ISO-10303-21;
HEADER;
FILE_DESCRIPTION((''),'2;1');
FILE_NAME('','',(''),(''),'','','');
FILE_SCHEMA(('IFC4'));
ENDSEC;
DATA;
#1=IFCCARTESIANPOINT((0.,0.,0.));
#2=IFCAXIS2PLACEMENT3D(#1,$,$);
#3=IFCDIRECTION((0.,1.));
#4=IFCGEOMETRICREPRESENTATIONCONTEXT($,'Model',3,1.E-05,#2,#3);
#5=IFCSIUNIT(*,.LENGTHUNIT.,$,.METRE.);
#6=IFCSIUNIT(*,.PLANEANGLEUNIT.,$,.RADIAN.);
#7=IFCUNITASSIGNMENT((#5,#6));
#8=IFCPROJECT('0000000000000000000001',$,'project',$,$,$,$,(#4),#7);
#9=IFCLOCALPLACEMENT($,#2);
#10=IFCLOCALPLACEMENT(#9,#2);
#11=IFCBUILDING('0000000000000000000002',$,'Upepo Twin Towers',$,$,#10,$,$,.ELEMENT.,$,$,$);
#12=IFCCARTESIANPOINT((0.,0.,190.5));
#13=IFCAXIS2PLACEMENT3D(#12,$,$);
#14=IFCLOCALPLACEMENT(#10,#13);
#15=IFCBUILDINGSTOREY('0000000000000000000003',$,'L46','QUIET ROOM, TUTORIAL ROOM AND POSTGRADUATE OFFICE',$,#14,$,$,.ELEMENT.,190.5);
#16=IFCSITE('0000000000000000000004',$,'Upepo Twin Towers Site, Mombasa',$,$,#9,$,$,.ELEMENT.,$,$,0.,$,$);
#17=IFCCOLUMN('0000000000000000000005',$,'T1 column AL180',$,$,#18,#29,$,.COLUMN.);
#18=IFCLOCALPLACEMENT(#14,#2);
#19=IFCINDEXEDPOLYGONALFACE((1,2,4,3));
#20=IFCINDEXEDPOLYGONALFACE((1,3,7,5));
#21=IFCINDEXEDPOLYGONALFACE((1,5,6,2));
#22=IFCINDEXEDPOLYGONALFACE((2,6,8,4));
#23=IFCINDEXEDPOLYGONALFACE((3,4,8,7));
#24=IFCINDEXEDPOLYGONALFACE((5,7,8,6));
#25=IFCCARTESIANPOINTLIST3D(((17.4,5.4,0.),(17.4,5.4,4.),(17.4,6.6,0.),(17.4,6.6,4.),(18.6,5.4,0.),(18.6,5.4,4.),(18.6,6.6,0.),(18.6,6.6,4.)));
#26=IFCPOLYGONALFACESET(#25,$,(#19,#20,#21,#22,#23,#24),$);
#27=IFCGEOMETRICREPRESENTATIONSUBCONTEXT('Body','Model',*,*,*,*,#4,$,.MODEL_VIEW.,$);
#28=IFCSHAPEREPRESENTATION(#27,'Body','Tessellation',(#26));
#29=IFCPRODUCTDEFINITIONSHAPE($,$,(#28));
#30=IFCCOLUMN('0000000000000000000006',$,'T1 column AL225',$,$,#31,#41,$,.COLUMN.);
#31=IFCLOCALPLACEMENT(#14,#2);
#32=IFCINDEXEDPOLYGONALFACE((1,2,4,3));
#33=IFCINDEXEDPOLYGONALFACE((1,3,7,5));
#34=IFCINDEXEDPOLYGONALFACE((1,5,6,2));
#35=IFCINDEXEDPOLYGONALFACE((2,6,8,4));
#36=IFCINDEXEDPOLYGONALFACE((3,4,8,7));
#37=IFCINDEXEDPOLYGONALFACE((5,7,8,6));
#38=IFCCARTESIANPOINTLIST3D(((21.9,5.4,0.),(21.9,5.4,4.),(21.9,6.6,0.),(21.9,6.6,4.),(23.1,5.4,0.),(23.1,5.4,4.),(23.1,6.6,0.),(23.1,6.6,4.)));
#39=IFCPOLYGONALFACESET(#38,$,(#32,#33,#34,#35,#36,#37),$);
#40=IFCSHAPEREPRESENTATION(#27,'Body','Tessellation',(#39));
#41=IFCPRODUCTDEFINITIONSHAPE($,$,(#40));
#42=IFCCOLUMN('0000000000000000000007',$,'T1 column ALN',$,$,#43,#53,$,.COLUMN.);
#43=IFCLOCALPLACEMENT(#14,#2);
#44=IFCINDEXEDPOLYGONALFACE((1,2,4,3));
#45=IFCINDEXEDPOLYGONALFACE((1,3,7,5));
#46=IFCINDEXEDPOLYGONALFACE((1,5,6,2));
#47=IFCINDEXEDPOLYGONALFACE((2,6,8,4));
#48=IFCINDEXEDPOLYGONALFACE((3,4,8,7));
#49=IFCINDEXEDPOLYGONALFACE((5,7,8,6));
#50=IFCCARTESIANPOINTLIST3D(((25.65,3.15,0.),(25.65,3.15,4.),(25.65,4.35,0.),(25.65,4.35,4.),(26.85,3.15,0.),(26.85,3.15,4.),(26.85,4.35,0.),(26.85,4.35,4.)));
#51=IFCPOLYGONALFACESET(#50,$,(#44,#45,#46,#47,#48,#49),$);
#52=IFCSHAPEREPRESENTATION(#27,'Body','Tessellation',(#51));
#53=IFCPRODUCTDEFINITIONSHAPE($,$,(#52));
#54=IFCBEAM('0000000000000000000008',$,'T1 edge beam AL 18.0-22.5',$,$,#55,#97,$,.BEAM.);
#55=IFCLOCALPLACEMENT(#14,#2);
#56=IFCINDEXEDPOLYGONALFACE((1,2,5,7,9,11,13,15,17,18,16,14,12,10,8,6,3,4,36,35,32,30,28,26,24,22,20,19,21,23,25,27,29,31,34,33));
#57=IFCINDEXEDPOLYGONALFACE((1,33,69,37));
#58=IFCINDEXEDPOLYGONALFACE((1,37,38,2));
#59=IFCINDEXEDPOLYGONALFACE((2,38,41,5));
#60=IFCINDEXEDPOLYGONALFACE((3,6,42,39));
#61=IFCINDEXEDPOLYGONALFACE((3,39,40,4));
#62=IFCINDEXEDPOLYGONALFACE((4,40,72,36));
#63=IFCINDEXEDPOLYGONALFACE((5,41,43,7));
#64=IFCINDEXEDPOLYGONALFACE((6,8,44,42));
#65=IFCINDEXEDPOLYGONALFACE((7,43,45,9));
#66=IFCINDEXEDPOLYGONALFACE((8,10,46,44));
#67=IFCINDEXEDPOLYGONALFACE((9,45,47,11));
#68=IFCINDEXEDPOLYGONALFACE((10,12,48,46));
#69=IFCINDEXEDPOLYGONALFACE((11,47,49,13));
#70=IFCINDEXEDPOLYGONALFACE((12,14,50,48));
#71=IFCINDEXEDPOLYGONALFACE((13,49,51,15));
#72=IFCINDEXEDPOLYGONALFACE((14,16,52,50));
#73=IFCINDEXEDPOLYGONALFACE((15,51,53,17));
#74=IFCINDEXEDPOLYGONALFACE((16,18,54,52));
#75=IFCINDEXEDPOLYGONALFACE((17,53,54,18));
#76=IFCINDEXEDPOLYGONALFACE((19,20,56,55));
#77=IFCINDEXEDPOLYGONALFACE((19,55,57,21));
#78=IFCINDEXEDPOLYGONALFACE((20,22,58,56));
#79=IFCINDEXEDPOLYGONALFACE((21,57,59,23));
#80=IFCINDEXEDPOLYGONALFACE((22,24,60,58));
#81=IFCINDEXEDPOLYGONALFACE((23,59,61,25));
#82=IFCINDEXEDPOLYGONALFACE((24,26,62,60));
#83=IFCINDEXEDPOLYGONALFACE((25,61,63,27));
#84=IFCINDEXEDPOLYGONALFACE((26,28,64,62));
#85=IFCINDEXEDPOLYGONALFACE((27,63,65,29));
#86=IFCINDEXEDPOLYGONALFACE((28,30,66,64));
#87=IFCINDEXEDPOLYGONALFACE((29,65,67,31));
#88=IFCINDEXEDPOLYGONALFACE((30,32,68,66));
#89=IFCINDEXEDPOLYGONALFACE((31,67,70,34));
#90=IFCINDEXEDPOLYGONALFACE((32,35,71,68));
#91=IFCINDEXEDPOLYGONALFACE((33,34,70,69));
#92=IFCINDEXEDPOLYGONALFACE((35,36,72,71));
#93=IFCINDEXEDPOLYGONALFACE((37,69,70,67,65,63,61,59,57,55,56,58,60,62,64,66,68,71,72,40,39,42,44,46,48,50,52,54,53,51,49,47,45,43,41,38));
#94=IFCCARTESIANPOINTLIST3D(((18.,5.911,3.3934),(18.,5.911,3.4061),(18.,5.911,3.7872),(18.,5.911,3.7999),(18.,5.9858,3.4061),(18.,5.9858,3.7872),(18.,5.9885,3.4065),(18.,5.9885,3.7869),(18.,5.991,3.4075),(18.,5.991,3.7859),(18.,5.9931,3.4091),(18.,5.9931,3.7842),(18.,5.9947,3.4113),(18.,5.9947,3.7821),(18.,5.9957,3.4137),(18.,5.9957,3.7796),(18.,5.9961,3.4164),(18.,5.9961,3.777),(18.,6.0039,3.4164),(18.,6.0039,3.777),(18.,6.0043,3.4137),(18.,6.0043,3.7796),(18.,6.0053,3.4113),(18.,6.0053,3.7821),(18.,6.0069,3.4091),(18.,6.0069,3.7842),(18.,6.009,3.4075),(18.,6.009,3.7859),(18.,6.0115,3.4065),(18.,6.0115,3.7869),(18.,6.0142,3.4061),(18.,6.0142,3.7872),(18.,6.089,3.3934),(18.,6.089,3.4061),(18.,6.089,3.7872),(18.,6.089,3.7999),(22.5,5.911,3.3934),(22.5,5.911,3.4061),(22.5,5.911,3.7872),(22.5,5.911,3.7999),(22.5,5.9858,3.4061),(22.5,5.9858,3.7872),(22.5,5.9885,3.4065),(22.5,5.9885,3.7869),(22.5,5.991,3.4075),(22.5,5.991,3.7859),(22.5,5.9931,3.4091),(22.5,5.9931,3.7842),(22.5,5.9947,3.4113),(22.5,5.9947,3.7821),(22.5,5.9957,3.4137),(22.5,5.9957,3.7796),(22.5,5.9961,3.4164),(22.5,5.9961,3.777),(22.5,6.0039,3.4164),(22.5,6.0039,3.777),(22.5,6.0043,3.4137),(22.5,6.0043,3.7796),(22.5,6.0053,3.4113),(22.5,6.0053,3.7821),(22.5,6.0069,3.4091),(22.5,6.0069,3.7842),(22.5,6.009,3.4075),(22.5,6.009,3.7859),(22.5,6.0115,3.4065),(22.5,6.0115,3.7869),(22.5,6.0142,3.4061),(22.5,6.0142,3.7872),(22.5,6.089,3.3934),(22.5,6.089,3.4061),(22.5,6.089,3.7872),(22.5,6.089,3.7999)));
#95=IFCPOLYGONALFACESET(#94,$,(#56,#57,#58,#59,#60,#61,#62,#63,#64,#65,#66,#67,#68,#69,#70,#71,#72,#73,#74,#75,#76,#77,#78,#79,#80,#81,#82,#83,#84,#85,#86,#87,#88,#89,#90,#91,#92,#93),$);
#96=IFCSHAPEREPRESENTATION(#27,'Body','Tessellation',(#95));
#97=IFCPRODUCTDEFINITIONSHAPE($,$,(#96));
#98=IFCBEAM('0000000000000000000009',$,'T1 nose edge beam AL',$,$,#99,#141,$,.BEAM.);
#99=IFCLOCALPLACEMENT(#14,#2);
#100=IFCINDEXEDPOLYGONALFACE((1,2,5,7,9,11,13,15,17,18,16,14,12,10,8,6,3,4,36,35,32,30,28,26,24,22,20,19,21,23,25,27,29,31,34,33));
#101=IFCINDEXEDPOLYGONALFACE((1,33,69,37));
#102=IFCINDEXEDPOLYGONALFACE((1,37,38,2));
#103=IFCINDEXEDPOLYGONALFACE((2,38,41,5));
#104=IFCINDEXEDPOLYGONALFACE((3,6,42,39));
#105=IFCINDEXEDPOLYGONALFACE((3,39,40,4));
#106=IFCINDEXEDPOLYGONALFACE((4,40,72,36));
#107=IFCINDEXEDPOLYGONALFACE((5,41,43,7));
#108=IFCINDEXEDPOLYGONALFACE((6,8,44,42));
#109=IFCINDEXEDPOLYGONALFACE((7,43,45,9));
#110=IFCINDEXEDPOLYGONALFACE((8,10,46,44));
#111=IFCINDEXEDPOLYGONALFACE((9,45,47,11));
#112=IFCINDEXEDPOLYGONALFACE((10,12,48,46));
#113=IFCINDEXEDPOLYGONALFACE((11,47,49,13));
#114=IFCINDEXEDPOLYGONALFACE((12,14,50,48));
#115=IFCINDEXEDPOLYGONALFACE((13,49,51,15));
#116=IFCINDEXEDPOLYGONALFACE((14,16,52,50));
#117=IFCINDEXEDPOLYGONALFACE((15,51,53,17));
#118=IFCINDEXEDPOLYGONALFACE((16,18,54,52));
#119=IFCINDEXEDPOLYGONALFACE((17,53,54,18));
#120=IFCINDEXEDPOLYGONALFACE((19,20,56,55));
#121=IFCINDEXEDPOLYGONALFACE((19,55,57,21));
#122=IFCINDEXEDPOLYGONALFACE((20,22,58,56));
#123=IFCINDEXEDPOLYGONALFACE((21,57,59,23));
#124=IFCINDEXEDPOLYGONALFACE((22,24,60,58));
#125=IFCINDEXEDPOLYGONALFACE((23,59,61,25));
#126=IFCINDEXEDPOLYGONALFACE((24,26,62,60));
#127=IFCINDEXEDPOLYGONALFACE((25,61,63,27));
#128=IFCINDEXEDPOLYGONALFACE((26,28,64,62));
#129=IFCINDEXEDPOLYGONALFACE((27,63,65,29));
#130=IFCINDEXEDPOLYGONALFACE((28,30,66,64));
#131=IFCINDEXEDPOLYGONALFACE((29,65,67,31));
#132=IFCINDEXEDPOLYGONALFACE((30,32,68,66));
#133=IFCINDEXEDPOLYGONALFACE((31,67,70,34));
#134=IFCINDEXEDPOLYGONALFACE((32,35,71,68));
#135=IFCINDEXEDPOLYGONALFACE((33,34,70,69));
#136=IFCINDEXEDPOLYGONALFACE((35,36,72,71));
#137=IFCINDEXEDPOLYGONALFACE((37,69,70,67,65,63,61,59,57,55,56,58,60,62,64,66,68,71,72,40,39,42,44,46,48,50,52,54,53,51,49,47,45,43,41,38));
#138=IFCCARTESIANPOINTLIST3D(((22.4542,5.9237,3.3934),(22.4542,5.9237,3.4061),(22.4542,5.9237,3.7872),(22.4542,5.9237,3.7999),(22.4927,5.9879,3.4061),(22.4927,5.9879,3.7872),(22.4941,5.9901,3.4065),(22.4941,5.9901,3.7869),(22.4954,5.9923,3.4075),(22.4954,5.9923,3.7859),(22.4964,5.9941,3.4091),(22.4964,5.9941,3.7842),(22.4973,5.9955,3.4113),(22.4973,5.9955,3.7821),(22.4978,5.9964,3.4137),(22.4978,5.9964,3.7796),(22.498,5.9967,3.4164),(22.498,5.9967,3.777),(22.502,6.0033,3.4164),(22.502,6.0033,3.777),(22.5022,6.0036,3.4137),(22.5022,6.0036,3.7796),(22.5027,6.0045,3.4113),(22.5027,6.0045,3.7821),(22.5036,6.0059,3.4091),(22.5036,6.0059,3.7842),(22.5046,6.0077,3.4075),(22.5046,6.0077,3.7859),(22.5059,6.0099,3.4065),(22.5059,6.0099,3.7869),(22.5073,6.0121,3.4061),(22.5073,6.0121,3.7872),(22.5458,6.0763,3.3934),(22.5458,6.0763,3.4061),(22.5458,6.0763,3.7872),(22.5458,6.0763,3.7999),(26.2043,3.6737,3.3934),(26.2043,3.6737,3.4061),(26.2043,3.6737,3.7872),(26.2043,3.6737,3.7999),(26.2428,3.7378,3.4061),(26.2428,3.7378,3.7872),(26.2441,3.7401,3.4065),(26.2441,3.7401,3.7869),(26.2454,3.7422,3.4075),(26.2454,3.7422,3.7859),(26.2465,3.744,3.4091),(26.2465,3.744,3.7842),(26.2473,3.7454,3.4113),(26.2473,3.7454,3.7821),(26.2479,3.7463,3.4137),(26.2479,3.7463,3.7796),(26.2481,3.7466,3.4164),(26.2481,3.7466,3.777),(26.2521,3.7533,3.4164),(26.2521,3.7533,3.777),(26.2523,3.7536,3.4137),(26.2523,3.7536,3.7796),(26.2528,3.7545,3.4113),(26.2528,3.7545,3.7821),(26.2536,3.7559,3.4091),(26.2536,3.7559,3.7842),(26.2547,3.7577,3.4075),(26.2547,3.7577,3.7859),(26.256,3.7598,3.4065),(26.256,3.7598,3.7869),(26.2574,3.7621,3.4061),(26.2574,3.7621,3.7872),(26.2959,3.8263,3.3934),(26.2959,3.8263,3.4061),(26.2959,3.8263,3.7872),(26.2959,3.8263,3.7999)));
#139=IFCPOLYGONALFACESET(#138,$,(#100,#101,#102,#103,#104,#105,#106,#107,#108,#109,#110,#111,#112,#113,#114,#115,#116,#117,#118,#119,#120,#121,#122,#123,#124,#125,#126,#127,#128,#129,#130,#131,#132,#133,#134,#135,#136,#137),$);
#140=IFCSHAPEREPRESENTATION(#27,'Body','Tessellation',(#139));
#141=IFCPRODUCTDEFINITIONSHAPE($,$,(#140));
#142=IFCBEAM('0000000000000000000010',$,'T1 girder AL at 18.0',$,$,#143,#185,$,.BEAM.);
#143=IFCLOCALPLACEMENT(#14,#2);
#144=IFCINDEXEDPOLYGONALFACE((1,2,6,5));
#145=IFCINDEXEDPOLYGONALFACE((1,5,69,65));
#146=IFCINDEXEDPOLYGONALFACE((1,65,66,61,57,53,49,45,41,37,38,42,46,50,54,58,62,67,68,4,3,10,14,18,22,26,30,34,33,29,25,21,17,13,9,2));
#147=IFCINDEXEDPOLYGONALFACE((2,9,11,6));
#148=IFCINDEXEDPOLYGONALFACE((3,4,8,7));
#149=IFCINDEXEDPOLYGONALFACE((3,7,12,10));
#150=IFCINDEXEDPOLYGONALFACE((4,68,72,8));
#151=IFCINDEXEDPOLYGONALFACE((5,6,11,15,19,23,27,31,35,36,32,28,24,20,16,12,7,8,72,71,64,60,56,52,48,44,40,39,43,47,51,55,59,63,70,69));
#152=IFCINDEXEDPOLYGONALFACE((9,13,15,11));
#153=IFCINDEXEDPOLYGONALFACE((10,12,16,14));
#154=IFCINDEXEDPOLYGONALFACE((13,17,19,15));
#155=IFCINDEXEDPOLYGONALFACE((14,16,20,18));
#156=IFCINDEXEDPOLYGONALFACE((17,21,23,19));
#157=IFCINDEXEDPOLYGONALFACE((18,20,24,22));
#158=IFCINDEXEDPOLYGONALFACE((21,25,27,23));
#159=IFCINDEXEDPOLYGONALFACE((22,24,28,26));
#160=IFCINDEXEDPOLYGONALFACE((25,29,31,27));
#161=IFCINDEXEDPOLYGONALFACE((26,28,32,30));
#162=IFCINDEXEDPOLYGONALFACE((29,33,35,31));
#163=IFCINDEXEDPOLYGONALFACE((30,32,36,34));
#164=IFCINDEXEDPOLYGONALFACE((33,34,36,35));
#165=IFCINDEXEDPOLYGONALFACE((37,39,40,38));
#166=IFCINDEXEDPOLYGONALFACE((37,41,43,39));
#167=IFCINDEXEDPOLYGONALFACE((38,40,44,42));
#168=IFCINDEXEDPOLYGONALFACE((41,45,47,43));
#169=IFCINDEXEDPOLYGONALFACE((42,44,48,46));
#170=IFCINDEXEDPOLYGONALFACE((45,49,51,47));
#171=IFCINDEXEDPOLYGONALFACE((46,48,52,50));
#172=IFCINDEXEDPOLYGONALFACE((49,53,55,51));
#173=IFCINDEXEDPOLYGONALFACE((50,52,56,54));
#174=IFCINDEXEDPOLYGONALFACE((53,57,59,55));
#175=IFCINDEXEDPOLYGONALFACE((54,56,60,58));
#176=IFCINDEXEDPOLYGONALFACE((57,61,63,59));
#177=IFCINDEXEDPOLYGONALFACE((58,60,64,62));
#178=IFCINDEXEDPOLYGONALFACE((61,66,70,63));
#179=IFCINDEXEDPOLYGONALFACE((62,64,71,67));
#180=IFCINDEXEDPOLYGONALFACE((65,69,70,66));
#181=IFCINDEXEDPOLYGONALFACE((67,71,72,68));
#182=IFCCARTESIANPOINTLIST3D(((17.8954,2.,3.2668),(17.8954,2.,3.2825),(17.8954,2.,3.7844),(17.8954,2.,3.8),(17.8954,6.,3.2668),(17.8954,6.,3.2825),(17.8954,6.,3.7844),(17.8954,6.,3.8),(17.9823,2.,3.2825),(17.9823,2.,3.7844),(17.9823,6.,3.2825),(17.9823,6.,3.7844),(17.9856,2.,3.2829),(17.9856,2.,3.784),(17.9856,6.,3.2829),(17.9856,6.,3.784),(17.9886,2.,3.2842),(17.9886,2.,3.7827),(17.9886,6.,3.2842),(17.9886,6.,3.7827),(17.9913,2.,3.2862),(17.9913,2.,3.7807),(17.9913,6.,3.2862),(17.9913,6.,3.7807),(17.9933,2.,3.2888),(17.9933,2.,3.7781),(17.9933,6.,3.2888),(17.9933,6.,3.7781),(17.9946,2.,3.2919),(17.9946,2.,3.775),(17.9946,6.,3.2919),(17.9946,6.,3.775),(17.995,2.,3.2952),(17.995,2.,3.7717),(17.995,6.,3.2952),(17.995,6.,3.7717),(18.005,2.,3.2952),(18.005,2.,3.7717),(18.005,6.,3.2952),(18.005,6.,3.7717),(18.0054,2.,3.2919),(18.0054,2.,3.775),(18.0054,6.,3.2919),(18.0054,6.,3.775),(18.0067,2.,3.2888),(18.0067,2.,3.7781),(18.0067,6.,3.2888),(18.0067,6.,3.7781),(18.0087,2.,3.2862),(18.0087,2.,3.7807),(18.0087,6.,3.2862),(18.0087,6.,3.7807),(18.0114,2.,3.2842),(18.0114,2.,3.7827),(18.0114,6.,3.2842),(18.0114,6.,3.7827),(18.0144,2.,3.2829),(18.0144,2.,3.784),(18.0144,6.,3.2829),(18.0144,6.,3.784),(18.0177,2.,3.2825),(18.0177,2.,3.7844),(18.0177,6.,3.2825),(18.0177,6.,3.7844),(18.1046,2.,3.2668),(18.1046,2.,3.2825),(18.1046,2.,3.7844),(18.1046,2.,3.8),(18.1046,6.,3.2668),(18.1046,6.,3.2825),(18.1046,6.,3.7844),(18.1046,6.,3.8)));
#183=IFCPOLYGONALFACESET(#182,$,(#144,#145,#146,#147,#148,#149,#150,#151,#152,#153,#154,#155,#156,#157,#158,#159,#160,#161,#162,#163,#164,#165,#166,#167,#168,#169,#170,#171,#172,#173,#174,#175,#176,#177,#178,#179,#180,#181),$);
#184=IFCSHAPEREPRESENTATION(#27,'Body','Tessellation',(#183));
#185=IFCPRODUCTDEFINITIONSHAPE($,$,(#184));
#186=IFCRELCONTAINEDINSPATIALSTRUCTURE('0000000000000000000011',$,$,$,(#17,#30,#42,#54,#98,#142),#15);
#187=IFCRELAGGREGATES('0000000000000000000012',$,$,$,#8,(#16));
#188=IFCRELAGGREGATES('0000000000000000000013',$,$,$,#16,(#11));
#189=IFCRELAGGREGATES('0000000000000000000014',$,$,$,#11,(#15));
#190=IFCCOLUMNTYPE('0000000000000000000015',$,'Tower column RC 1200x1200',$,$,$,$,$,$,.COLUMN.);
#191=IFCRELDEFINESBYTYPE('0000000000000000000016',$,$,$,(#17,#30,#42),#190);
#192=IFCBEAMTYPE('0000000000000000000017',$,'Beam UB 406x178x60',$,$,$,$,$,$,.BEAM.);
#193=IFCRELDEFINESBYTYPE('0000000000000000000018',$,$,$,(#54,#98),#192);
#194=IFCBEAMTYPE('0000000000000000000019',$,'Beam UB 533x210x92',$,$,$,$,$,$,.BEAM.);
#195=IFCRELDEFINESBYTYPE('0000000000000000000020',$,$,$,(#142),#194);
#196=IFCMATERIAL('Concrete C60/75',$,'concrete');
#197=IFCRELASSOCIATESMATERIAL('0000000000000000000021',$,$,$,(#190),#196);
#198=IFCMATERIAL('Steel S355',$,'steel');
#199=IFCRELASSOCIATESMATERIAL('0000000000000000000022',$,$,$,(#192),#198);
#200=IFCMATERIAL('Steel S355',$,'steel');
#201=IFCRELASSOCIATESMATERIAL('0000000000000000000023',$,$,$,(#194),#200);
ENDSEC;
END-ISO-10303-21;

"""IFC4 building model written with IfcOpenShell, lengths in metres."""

from ifc_helpers import new_model, si_unit, direction, frame, origin, origin_2d, place, context, subcontext, project, spatial, rectangle, i_section, extrude, material, material_profile, profile_set, type_object, element, save


model = new_model("IFC4")

# Units and contexts
model_context = context("Model", 3, precision=1e-05, world=origin(), true_north=direction((0.0, 1.0)))
body_context = subcontext(model_context, "Body", "Model", "MODEL_VIEW")
ifc_project = project(units=[si_unit("LENGTHUNIT", "METRE"), si_unit("PLANEANGLEUNIT", "RADIAN")], contexts=[model_context])

# Site, building, storey
site_placement = place(None, origin())
site = spatial("IfcSite", under=ifc_project, at=site_placement, Name="Upepo Twin Towers Site, Mombasa", CompositionType="ELEMENT", RefElevation=0.0)
building_placement = place(site_placement, origin())
building = spatial("IfcBuilding", under=site, at=building_placement, Name="Upepo Twin Towers", CompositionType="ELEMENT")
storey_placement = place(building_placement, frame((0.0, 0.0, 190.5)))
storey = spatial("IfcBuildingStorey", under=building, at=storey_placement, Name="L46", Description="QUIET ROOM, TUTORIAL ROOM AND POSTGRADUATE OFFICE", CompositionType="ELEMENT", Elevation=190.5)

# Columns
ifc_material_1 = material(Name="Concrete C60/75", Category="concrete")
ifc_material_profile_1 = material_profile(ifc_material_1, rectangle(XDim=1.2, YDim=1.2, at=origin_2d()), Name="RC 1200x1200")
ifc_profile_set_1 = profile_set([ifc_material_profile_1], Name="Concrete C60/75")
column_type = type_object("IfcColumnType", Name="Tower column RC 1200x1200", PredefinedType="COLUMN", material=ifc_profile_set_1)
for number, where, z_axis, x_axis, name in (
    (1, (18.0, 6.0, 0.0), (0.0, 0.0, 1.0), (1.0, 0.0, 0.0), "T1 column AL180"),
    (2, (22.5, 6.0, 0.0), (0.0, 0.0, 1.0), (1.0, 0.0, 0.0), "T1 column AL225"),
    (3, (26.25, 3.75, 0.0), (0.0, 0.0, 1.0), (1.0, 0.0, 0.0), "T1 column ALN"),
):
    element("IfcColumn", number, at=place(storey_placement, frame(where, z_axis=z_axis, x_axis=x_axis)), inside=storey, type_object=column_type, Name=name, PredefinedType="COLUMN", context=body_context, shape_type="SweptSolid", body=[
        extrude(rectangle(XDim=1.2, YDim=1.2, at=origin_2d()), origin(), (0.0, 0.0, 1.0), 4.0),
    ])

# Beams
ifc_material_2 = material(Name="Steel S355", Category="steel")
ifc_material_profile_2 = material_profile(ifc_material_2, i_section(OverallWidth=0.178, OverallDepth=0.4065, WebThickness=0.0078, FlangeThickness=0.0127, FilletRadius=0.0103, at=origin_2d()), Name="UB 406x178x60")
ifc_profile_set_2 = profile_set([ifc_material_profile_2], Name="Steel S355")
beam_type_1 = type_object("IfcBeamType", Name="Beam UB 406x178x60", PredefinedType="BEAM", material=ifc_profile_set_2)
beam_1_placement = place(storey_placement, frame((18.0, 6.0, 3.5967), z_axis=(1.0, 0.0, 0.0), x_axis=(0.0, 1.0, 0.0)))
element("IfcBeam", 4, at=beam_1_placement, inside=storey, type_object=beam_type_1, Name="T1 edge beam AL 18.0-22.5", PredefinedType="BEAM", context=body_context, shape_type="SweptSolid", body=[
    extrude(i_section(OverallWidth=0.178, OverallDepth=0.4065, WebThickness=0.0078, FlangeThickness=0.0127, FilletRadius=0.0103, at=origin_2d()), origin(), (0.0, 0.0, 1.0), 4.5),
])
beam_2_placement = place(storey_placement, frame((22.5, 6.0, 3.5967), z_axis=(0.857493, -0.514496, 0.0), x_axis=(0.514496, 0.857493, 0.0)))
element("IfcBeam", 5, at=beam_2_placement, inside=storey, type_object=beam_type_1, Name="T1 nose edge beam AL", PredefinedType="BEAM", context=body_context, shape_type="SweptSolid", body=[
    extrude(i_section(OverallWidth=0.178, OverallDepth=0.4065, WebThickness=0.0078, FlangeThickness=0.0127, FilletRadius=0.0103, at=origin_2d()), origin(), (0.0, 0.0, 1.0), 4.3733),
])
ifc_material_3 = material(Name="Steel S355", Category="steel")
ifc_material_profile_3 = material_profile(ifc_material_3, i_section(OverallWidth=0.2092, OverallDepth=0.5332, WebThickness=0.01, FlangeThickness=0.0156, FilletRadius=0.0127, at=origin_2d()), Name="UB 533x210x92")
ifc_profile_set_3 = profile_set([ifc_material_profile_3], Name="Steel S355")
beam_type_2 = type_object("IfcBeamType", Name="Beam UB 533x210x92", PredefinedType="BEAM", material=ifc_profile_set_3)
for number, where, z_axis, x_axis, name in (
    (6, (18.0, 6.0, 3.5334), (0.0, -1.0, 0.0), (1.0, 0.0, 0.0), "T1 girder AL at 18.0"),
):
    element("IfcBeam", number, at=place(storey_placement, frame(where, z_axis=z_axis, x_axis=x_axis)), inside=storey, type_object=beam_type_2, Name=name, PredefinedType="BEAM", context=body_context, shape_type="SweptSolid", body=[
        extrude(i_section(OverallWidth=0.2092, OverallDepth=0.5332, WebThickness=0.01, FlangeThickness=0.0156, FilletRadius=0.0127, at=origin_2d()), origin(), (0.0, 0.0, 1.0), 4.0),
    ])

save(model, "model.ifc")
